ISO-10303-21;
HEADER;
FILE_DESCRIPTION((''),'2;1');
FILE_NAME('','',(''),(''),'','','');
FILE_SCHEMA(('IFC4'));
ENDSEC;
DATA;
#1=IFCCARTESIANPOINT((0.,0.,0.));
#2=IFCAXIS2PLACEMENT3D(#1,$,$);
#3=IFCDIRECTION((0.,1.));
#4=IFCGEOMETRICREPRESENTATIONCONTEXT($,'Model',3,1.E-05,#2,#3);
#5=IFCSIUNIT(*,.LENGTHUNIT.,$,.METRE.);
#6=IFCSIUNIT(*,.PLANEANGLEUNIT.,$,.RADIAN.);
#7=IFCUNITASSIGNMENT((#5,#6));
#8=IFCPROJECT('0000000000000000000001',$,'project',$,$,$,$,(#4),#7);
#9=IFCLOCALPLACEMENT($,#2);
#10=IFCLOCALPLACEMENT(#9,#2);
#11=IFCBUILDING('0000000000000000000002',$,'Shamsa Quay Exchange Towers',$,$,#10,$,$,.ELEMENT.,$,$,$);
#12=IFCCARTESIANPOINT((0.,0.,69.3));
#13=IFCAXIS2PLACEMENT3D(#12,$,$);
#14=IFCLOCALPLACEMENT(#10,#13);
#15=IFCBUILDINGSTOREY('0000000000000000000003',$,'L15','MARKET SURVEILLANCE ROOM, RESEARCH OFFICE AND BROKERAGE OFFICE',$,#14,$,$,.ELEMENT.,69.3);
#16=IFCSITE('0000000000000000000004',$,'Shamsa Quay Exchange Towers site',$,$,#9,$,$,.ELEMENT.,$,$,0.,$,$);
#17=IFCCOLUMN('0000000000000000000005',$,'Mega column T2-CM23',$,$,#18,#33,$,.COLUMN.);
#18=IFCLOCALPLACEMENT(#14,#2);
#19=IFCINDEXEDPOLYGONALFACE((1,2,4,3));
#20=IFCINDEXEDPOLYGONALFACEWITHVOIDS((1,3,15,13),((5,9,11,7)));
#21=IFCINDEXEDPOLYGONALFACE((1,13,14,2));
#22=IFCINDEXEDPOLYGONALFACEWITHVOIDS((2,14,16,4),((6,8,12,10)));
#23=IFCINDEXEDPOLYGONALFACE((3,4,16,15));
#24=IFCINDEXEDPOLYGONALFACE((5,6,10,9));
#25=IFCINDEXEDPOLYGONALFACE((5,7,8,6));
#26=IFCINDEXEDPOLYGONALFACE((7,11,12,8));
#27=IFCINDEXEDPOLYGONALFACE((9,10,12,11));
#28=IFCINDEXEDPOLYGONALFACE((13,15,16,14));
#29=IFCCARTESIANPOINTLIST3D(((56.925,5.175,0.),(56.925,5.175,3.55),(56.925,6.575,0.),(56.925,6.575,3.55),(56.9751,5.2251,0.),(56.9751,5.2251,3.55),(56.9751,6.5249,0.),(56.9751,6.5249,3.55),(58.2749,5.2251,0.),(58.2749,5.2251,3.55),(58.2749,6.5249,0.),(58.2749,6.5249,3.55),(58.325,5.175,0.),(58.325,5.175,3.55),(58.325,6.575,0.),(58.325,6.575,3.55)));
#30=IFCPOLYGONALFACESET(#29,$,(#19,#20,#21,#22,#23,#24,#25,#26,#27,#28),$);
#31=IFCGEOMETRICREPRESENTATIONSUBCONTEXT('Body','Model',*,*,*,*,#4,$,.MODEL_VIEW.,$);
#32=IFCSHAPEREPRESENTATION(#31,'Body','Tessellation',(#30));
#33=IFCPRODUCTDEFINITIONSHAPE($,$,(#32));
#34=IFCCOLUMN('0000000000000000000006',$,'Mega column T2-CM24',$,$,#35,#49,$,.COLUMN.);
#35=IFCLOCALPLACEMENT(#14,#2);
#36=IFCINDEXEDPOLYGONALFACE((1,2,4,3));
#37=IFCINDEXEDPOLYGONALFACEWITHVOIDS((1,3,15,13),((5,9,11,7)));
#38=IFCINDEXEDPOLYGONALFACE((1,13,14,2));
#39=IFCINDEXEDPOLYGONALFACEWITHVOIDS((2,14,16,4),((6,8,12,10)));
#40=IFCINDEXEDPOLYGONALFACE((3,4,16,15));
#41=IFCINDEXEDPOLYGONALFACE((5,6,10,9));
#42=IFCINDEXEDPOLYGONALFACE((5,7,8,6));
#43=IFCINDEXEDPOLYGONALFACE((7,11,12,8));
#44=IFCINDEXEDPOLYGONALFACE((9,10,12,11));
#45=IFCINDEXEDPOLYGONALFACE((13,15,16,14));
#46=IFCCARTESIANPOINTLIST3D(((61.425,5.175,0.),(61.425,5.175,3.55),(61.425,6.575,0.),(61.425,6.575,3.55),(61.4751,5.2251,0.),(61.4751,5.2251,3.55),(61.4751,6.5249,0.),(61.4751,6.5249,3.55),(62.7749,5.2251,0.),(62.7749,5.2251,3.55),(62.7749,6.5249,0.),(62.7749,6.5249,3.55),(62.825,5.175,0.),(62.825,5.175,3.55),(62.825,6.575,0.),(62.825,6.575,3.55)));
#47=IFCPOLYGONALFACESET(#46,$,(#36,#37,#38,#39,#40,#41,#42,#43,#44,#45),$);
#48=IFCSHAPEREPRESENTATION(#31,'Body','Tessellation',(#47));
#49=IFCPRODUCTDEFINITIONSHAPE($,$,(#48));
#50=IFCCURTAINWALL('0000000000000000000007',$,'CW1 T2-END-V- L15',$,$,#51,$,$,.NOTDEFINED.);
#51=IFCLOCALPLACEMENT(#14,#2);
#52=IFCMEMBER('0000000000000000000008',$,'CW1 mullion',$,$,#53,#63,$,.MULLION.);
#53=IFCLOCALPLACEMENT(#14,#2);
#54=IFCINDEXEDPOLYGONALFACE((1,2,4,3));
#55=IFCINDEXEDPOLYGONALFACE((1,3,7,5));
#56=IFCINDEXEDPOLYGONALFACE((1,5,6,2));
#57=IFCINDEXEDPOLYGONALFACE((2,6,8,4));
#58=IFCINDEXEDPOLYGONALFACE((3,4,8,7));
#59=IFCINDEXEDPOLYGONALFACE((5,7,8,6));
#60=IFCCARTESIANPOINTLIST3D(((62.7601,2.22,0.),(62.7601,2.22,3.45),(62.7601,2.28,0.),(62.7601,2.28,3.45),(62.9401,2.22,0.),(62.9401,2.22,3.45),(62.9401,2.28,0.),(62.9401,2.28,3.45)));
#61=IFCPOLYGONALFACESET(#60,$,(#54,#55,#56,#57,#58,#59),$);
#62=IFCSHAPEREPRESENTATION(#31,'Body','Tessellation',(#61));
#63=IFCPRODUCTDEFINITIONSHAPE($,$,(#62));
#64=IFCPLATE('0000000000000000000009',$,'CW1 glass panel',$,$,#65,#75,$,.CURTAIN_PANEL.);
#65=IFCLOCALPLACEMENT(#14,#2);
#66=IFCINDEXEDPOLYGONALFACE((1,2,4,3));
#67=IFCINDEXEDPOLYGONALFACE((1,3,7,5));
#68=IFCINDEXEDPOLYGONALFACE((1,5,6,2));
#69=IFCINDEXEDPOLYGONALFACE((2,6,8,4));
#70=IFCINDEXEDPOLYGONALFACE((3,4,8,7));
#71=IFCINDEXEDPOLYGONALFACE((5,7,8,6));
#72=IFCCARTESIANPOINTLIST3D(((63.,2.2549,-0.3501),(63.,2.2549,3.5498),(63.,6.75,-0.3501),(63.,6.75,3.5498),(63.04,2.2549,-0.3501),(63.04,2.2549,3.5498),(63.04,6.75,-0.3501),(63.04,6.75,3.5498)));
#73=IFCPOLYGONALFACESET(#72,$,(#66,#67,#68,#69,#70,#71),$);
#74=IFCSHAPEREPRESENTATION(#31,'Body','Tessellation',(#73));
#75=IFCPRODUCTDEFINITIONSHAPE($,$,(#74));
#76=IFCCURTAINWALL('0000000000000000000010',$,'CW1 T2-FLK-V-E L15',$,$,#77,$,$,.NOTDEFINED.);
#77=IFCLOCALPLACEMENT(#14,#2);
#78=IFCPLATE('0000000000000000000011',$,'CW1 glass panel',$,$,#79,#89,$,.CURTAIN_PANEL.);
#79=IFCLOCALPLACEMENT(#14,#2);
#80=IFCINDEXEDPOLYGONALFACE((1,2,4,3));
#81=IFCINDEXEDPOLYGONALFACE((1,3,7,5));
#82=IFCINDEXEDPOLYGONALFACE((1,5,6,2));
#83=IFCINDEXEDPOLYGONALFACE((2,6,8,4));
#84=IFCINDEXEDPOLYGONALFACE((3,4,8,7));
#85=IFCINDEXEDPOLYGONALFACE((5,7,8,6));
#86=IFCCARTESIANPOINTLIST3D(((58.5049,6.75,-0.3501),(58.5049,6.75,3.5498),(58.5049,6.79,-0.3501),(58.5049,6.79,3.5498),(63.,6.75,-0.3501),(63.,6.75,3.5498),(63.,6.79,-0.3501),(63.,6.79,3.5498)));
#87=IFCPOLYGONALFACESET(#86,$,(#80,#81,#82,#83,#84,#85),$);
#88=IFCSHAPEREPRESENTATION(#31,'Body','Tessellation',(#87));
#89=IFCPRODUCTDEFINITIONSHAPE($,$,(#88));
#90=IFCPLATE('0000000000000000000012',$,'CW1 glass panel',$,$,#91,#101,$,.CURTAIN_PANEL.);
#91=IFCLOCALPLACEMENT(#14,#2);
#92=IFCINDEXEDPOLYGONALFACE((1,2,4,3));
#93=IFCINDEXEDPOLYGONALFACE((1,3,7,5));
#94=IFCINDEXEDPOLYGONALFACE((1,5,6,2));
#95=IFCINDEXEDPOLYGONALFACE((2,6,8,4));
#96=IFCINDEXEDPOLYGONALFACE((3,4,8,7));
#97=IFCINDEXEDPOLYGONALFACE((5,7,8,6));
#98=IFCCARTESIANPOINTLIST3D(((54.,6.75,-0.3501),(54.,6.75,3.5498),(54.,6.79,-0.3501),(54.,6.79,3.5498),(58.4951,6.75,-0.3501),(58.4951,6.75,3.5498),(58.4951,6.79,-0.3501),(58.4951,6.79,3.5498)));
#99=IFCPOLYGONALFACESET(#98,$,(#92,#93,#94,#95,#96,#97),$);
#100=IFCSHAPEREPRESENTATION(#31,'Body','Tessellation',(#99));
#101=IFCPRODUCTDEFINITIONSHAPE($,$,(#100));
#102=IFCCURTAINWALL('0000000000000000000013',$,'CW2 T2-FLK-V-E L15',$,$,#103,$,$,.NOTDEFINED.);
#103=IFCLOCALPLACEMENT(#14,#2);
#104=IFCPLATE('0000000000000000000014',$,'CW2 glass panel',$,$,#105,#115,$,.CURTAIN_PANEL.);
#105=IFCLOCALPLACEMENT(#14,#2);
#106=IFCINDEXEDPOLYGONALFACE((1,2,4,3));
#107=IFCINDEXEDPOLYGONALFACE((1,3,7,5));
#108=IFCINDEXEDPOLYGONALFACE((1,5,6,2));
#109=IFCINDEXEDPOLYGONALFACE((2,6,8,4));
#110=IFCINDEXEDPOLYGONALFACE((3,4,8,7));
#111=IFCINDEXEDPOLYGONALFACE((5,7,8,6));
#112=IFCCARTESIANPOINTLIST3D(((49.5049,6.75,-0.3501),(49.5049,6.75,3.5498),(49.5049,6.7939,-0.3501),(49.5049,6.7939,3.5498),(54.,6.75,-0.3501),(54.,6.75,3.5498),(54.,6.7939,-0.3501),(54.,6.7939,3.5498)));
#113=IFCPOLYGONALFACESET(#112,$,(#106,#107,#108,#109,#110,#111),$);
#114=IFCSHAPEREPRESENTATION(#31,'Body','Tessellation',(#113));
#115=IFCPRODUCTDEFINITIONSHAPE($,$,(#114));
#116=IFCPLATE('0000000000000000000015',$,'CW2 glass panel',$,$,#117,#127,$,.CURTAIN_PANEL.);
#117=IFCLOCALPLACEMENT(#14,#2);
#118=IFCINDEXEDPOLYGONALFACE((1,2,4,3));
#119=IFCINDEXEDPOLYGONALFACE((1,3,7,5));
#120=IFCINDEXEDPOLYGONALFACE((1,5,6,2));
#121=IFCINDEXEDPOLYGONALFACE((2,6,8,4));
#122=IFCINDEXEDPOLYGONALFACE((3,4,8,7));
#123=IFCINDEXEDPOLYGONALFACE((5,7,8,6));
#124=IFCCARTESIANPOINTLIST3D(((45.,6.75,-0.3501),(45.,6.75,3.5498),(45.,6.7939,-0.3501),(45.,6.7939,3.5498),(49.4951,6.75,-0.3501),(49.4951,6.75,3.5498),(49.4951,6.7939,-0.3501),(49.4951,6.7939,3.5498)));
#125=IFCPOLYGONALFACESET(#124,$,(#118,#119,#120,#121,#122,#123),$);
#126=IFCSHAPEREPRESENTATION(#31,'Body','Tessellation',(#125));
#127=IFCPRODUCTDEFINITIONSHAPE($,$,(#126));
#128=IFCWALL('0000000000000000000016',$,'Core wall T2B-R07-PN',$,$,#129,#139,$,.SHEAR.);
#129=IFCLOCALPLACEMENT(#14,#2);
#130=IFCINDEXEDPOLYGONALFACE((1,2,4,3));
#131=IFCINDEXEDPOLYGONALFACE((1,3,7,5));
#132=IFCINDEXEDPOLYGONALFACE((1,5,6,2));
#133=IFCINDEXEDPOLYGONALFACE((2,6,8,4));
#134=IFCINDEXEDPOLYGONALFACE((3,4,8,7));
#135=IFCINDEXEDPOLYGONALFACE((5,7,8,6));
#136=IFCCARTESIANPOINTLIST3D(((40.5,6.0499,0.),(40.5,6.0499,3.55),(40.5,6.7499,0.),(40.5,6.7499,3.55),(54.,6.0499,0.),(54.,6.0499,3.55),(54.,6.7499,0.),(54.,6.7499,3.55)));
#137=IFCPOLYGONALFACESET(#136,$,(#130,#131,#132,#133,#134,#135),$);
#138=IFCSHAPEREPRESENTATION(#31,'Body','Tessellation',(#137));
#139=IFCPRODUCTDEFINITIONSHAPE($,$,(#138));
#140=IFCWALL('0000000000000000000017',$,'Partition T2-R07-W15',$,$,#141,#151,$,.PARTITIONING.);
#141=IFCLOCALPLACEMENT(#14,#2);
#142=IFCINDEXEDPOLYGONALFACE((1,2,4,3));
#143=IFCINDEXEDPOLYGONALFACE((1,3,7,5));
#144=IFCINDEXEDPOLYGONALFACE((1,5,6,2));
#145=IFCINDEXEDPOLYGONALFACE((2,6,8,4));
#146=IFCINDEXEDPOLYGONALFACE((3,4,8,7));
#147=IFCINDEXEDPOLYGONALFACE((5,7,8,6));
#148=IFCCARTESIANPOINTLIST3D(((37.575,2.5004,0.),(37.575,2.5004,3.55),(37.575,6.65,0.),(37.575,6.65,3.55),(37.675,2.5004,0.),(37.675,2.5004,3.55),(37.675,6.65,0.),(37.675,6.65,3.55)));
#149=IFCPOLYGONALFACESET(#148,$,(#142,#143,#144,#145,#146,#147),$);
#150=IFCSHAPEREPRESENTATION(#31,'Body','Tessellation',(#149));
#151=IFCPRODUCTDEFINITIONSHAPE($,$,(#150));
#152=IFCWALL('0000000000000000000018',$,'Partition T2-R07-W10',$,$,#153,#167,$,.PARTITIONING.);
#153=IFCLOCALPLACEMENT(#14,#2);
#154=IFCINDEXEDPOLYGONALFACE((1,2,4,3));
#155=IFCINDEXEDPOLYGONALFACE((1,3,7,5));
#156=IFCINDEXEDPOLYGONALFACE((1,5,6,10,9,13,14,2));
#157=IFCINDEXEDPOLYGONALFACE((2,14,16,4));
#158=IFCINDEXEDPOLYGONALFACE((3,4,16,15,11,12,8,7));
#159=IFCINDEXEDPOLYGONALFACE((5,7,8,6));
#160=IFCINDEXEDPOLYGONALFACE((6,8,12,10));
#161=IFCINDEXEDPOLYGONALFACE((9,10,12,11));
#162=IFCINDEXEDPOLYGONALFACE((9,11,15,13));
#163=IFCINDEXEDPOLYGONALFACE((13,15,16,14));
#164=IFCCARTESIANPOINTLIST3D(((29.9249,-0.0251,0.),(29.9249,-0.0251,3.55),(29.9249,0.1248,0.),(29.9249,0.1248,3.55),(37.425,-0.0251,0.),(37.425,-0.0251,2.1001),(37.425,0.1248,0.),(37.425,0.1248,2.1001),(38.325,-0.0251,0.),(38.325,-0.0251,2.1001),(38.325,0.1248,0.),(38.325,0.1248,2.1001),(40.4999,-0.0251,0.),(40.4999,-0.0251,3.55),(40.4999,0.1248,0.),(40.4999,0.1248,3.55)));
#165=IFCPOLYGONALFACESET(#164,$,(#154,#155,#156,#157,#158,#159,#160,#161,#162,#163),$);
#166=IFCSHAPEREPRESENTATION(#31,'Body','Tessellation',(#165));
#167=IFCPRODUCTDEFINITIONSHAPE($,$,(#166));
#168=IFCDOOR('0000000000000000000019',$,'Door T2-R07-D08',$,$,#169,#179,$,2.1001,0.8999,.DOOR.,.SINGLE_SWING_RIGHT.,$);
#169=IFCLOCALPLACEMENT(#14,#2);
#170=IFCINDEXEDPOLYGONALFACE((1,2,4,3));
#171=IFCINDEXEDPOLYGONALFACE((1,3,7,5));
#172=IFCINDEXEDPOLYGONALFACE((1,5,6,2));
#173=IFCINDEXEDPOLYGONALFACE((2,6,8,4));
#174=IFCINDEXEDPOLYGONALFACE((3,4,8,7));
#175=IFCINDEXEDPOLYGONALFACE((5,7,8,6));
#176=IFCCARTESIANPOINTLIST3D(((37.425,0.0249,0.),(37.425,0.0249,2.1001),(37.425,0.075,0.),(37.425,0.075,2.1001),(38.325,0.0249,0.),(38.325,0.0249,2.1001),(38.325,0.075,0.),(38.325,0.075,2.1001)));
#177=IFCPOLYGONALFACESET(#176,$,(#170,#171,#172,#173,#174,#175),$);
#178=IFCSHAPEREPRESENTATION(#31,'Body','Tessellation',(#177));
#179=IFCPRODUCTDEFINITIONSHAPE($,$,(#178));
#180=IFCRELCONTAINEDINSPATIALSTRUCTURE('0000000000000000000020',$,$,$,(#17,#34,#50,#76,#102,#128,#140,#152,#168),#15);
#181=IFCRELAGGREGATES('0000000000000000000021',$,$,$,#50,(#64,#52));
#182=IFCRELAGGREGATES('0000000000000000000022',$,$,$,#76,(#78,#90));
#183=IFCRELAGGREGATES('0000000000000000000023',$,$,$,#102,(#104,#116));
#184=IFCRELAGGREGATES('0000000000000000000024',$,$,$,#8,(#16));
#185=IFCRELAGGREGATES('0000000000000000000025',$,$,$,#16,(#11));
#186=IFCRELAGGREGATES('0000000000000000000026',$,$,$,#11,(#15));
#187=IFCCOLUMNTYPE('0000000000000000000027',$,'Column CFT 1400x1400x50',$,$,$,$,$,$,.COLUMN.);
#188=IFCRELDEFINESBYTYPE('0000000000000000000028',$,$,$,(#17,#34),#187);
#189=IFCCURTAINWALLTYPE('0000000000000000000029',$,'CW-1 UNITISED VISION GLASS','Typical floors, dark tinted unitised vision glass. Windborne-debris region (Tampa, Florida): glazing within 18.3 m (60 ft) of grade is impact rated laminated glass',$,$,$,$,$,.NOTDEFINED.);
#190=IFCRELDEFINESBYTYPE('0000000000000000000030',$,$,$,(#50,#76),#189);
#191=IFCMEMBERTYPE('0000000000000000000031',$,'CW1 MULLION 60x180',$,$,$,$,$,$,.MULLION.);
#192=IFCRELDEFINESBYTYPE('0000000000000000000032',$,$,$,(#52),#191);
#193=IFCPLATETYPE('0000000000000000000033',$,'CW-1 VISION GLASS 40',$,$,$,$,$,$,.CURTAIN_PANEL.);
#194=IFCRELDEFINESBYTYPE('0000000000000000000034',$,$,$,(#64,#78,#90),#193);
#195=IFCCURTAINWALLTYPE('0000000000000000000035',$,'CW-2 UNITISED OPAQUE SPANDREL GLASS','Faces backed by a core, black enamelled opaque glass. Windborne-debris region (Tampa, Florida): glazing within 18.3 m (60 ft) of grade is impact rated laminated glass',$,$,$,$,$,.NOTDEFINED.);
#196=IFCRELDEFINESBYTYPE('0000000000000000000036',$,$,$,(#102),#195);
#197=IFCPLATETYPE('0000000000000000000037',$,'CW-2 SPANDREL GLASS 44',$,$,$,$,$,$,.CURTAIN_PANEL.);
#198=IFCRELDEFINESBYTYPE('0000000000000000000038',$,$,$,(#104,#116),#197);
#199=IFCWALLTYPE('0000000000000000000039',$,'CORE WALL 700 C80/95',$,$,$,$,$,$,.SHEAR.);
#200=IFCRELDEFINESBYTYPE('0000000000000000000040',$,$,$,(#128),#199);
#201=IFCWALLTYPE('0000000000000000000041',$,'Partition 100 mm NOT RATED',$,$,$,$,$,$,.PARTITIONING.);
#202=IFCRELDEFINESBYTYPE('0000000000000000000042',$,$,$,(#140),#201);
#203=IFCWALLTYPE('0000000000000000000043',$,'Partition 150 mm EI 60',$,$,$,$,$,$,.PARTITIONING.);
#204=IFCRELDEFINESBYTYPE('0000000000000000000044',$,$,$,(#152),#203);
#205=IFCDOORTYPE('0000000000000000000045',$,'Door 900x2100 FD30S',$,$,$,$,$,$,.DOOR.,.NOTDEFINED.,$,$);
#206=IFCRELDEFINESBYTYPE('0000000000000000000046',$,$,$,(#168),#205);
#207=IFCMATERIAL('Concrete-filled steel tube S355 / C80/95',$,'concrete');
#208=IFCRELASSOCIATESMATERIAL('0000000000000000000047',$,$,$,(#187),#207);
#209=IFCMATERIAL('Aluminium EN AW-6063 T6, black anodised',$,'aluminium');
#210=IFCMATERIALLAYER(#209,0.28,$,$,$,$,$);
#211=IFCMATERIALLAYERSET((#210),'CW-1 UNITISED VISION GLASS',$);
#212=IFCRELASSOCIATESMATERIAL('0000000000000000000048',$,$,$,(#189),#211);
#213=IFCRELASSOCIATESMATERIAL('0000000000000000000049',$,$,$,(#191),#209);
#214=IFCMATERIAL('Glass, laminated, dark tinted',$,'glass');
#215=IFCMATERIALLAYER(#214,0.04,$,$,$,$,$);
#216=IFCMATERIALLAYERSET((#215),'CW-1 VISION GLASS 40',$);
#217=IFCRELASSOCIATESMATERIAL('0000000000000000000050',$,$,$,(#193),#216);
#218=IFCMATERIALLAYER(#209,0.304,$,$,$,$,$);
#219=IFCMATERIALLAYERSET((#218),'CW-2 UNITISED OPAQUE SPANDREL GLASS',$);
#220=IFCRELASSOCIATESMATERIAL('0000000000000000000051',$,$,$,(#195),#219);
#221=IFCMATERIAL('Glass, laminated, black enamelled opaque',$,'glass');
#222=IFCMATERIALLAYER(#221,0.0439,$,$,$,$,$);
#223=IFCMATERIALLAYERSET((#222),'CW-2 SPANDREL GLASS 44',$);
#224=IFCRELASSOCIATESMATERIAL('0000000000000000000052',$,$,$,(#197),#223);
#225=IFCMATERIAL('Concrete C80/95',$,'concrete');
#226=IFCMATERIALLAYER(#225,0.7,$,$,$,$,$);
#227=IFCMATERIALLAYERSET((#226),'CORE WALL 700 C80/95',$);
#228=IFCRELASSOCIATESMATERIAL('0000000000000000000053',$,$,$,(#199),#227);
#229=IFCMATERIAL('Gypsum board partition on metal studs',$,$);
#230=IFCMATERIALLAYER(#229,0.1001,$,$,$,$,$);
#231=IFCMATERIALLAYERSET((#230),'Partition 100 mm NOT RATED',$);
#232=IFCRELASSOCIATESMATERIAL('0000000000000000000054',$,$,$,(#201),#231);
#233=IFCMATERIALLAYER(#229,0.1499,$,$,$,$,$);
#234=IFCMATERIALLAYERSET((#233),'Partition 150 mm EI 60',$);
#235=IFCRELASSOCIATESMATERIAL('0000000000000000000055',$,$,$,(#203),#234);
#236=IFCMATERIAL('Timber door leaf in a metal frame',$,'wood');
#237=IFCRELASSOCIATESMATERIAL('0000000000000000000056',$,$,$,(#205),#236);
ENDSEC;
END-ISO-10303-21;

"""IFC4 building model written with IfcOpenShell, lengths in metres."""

from ifc_helpers import new_model, si_unit, direction, frame, frame_2d, origin, origin_2d, place, context, subcontext, project, spatial, rectangle, hollow_rectangle, extrude, material, layer, layer_set, material_profile, profile_set, type_object, element, fill, aggregate, save


model = new_model("IFC4")

# Units and contexts
model_context = context("Model", 3, precision=1e-05, world=origin(), true_north=direction((0.0, 1.0)))
body_context = subcontext(model_context, "Body", "Model", "MODEL_VIEW")
ifc_project = project(units=[si_unit("LENGTHUNIT", "METRE"), si_unit("PLANEANGLEUNIT", "RADIAN")], contexts=[model_context])

# Site, building, storey
site_placement = place(None, origin())
site = spatial("IfcSite", under=ifc_project, at=site_placement, Name="Shamsa Quay Exchange Towers site", CompositionType="ELEMENT", RefElevation=0.0)
building_placement = place(site_placement, origin())
building = spatial("IfcBuilding", under=site, at=building_placement, Name="Shamsa Quay Exchange Towers", CompositionType="ELEMENT")
storey_placement = place(building_placement, frame((0.0, 0.0, 69.3)))
storey = spatial("IfcBuildingStorey", under=building, at=storey_placement, Name="L15", Description="MARKET SURVEILLANCE ROOM, RESEARCH OFFICE AND BROKERAGE OFFICE", CompositionType="ELEMENT", Elevation=69.3)

# Columns
ifc_material_1 = material(Name="Concrete-filled steel tube S355 / C80/95", Category="concrete")
ifc_material_profile_1 = material_profile(ifc_material_1, hollow_rectangle(XDim=1.3999, YDim=1.3999, WallThickness=0.05, at=origin_2d()), Name="CFT 1400x1400x50")
ifc_profile_set_1 = profile_set([ifc_material_profile_1], Name="Concrete-filled steel tube S355 / C80/95")
column_type = type_object("IfcColumnType", Name="Column CFT 1400x1400x50", PredefinedType="COLUMN", material=ifc_profile_set_1)
for number, where, name in (
    (1, (57.625, 5.875, 0.0), "Mega column T2-CM23"),
    (2, (62.125, 5.875, 0.0), "Mega column T2-CM24"),
):
    element("IfcColumn", number, at=place(storey_placement, frame(where)), inside=storey, type_object=column_type, Name=name, PredefinedType="COLUMN", context=body_context, shape_type="SweptSolid", body=[
        extrude(hollow_rectangle(XDim=1.3999, YDim=1.3999, WallThickness=0.05, at=origin_2d()), origin(), (0.0, 0.0, 1.0), 3.55),
    ])

# Curtain wall, member, plate
ifc_material_2 = material(Name="Aluminium EN AW-6063 T6, black anodised", Category="aluminium")
ifc_layer_1 = layer(ifc_material_2, 0.28)
ifc_layer_set_1 = layer_set([ifc_layer_1], Name="CW-1 UNITISED VISION GLASS")
curtain_wall_type_1 = type_object("IfcCurtainWallType", Name="CW-1 UNITISED VISION GLASS", Description="Typical floors, dark tinted unitised vision glass. Windborne-debris region (Tampa, Florida): glazing within 18.3 m (60 ft) of grade is impact rated laminated glass", PredefinedType="NOTDEFINED", material=ifc_layer_set_1)
curtain_wall_1_placement = place(storey_placement, origin())
curtain_wall_1 = element("IfcCurtainWall", 3, at=curtain_wall_1_placement, inside=storey, type_object=curtain_wall_type_1, Name="CW1 T2-END-V- L15", PredefinedType="NOTDEFINED")
ifc_material_profile_2 = material_profile(ifc_material_2, rectangle(XDim=0.1799, YDim=0.0601, at=origin_2d()), Name="MU60x180")
ifc_profile_set_2 = profile_set([ifc_material_profile_2], Name="Aluminium EN AW-6063 T6, black anodised")
member_type = type_object("IfcMemberType", Name="CW1 MULLION 60x180", PredefinedType="MULLION", material=ifc_profile_set_2)
member_placement = place(storey_placement, frame((62.8501, 2.25, 0.0), z_axis=(0.0, 0.0, 1.0), x_axis=(-1.0, 0.0, 0.0)))
member = element("IfcMember", 4, at=member_placement, type_object=member_type, Name="CW1 mullion", PredefinedType="MULLION", context=body_context, shape_type="SweptSolid", body=[
    extrude(rectangle(XDim=0.1799, YDim=0.0601, at=origin_2d()), origin(), (0.0, 0.0, 1.0), 3.45),
])
ifc_material_3 = material(Name="Glass, laminated, dark tinted", Category="glass")
ifc_layer_2 = layer(ifc_material_3, 0.04)
ifc_layer_set_2 = layer_set([ifc_layer_2], Name="CW-1 VISION GLASS 40")
plate_type_1 = type_object("IfcPlateType", Name="CW-1 VISION GLASS 40", PredefinedType="CURTAIN_PANEL", material=ifc_layer_set_2)
plate_1_placement = place(storey_placement, frame((63.02, 4.5024, -0.3501), z_axis=(0.0, 0.0, 1.0), x_axis=(0.0, 1.0, 0.0)))
plate_1 = element("IfcPlate", 5, at=plate_1_placement, type_object=plate_type_1, Name="CW1 glass panel", PredefinedType="CURTAIN_PANEL", context=body_context, shape_type="SweptSolid", body=[
    extrude(rectangle(XDim=4.4951, YDim=0.04, at=origin_2d()), origin(), (0.0, 0.0, 1.0), 3.8999),
])
aggregate(curtain_wall_1, [plate_1, member])

# Curtain walls, plates
curtain_wall_2_placement = place(storey_placement, origin())
curtain_wall_2 = element("IfcCurtainWall", 6, at=curtain_wall_2_placement, inside=storey, type_object=curtain_wall_type_1, Name="CW1 T2-FLK-V-E L15", PredefinedType="NOTDEFINED")
plate_2_placement = place(storey_placement, frame((60.7524, 6.77, -0.3501), z_axis=(0.0, 0.0, 1.0), x_axis=(-1.0, 0.0, 0.0)))
plate_2 = element("IfcPlate", 7, at=plate_2_placement, type_object=plate_type_1, Name="CW1 glass panel", PredefinedType="CURTAIN_PANEL", context=body_context, shape_type="SweptSolid", body=[
    extrude(rectangle(XDim=4.4951, YDim=0.04, at=origin_2d()), origin(), (0.0, 0.0, 1.0), 3.8999),
])
plate_3_placement = place(storey_placement, frame((56.2476, 6.77, -0.3501), z_axis=(0.0, 0.0, 1.0), x_axis=(-1.0, 0.0, 0.0)))
plate_3 = element("IfcPlate", 8, at=plate_3_placement, type_object=plate_type_1, Name="CW1 glass panel", PredefinedType="CURTAIN_PANEL", context=body_context, shape_type="SweptSolid", body=[
    extrude(rectangle(XDim=4.4951, YDim=0.04, at=origin_2d()), origin(), (0.0, 0.0, 1.0), 3.8999),
])
aggregate(curtain_wall_2, [plate_2, plate_3])
ifc_layer_3 = layer(ifc_material_2, 0.304)
ifc_layer_set_3 = layer_set([ifc_layer_3], Name="CW-2 UNITISED OPAQUE SPANDREL GLASS")
curtain_wall_type_2 = type_object("IfcCurtainWallType", Name="CW-2 UNITISED OPAQUE SPANDREL GLASS", Description="Faces backed by a core, black enamelled opaque glass. Windborne-debris region (Tampa, Florida): glazing within 18.3 m (60 ft) of grade is impact rated laminated glass", PredefinedType="NOTDEFINED", material=ifc_layer_set_3)
curtain_wall_3_placement = place(storey_placement, origin())
curtain_wall_3 = element("IfcCurtainWall", 9, at=curtain_wall_3_placement, inside=storey, type_object=curtain_wall_type_2, Name="CW2 T2-FLK-V-E L15", PredefinedType="NOTDEFINED")
ifc_material_4 = material(Name="Glass, laminated, black enamelled opaque", Category="glass")
ifc_layer_4 = layer(ifc_material_4, 0.0439)
ifc_layer_set_4 = layer_set([ifc_layer_4], Name="CW-2 SPANDREL GLASS 44")
plate_type_2 = type_object("IfcPlateType", Name="CW-2 SPANDREL GLASS 44", PredefinedType="CURTAIN_PANEL", material=ifc_layer_set_4)
plate_4_placement = place(storey_placement, frame((51.7524, 6.772, -0.3501), z_axis=(0.0, 0.0, 1.0), x_axis=(-1.0, 0.0, 0.0)))
plate_4 = element("IfcPlate", 10, at=plate_4_placement, type_object=plate_type_2, Name="CW2 glass panel", PredefinedType="CURTAIN_PANEL", context=body_context, shape_type="SweptSolid", body=[
    extrude(rectangle(XDim=4.4951, YDim=0.0439, at=origin_2d()), origin(), (0.0, 0.0, 1.0), 3.8999),
])
plate_5_placement = place(storey_placement, frame((47.2476, 6.772, -0.3501), z_axis=(0.0, 0.0, 1.0), x_axis=(-1.0, 0.0, 0.0)))
plate_5 = element("IfcPlate", 11, at=plate_5_placement, type_object=plate_type_2, Name="CW2 glass panel", PredefinedType="CURTAIN_PANEL", context=body_context, shape_type="SweptSolid", body=[
    extrude(rectangle(XDim=4.4951, YDim=0.0439, at=origin_2d()), origin(), (0.0, 0.0, 1.0), 3.8999),
])
aggregate(curtain_wall_3, [plate_4, plate_5])

# Walls
ifc_material_5 = material(Name="Concrete C80/95", Category="concrete")
ifc_layer_5 = layer(ifc_material_5, 0.7)
ifc_layer_set_5 = layer_set([ifc_layer_5], Name="CORE WALL 700 C80/95")
wall_type_1 = type_object("IfcWallType", Name="CORE WALL 700 C80/95", PredefinedType="SHEAR", material=ifc_layer_set_5)
wall_1_placement = place(storey_placement, frame((54.0, 6.3999, 0.0), z_axis=(0.0, 0.0, 1.0), x_axis=(-1.0, 0.0, 0.0)))
element("IfcWall", 12, at=wall_1_placement, inside=storey, type_object=wall_type_1, Name="Core wall T2B-R07-PN", PredefinedType="SHEAR", context=body_context, shape_type="SweptSolid", body=[
    extrude(rectangle(XDim=13.5, YDim=0.7, at=frame_2d((6.75, 0.0))), origin(), (0.0, 0.0, 1.0), 3.55),
])
ifc_material_6 = material(Name="Gypsum board partition on metal studs")
ifc_layer_6 = layer(ifc_material_6, 0.1001)
ifc_layer_set_6 = layer_set([ifc_layer_6], Name="Partition 100 mm NOT RATED")
wall_type_2 = type_object("IfcWallType", Name="Partition 100 mm NOT RATED", PredefinedType="PARTITIONING", material=ifc_layer_set_6)
wall_2_placement = place(storey_placement, frame((37.625, 6.6499, 0.0), z_axis=(0.0, 0.0, 1.0), x_axis=(0.0, -1.0, 0.0)))
element("IfcWall", 13, at=wall_2_placement, inside=storey, type_object=wall_type_2, Name="Partition T2-R07-W15", PredefinedType="PARTITIONING", context=body_context, shape_type="SweptSolid", body=[
    extrude(rectangle(XDim=4.1497, YDim=0.1001, at=frame_2d((2.0747, 0.0))), origin(), (0.0, 0.0, 1.0), 3.55),
])

# Wall, opening, door
ifc_layer_7 = layer(ifc_material_6, 0.1499)
ifc_layer_set_7 = layer_set([ifc_layer_7], Name="Partition 150 mm EI 60")
wall_type_3 = type_object("IfcWallType", Name="Partition 150 mm EI 60", PredefinedType="PARTITIONING", material=ifc_layer_set_7)
wall_3_placement = place(storey_placement, frame((40.5, 0.0498, 0.0), z_axis=(0.0, 0.0, 1.0), x_axis=(-1.0, 0.0, 0.0)))
wall_3 = element("IfcWall", 14, at=wall_3_placement, inside=storey, type_object=wall_type_3, Name="Partition T2-R07-W10", PredefinedType="PARTITIONING", context=body_context, shape_type="SweptSolid", body=[
    extrude(rectangle(XDim=10.575, YDim=0.1499, at=frame_2d((5.2876, 0.0))), origin(), (0.0, 0.0, 1.0), 3.55),
])
opening_1_placement = place(wall_3_placement, frame((2.175, 0.0, 0.0)))
opening_1 = element("IfcOpeningElement", 15, at=opening_1_placement, cuts=wall_3, PredefinedType="OPENING", context=body_context, shape_type="SweptSolid", body=[
    extrude(rectangle(XDim=0.8999, YDim=2.1001, at=frame_2d((0.45, 1.05))), frame((0.0, 0.085, 0.0), z_axis=(0.0, -1.0, 0.0), x_axis=(1.0, 0.0, 0.0)), (0.0, 0.0, 1.0), 0.1699),
])
ifc_material_7 = material(Name="Timber door leaf in a metal frame", Category="wood")
door_type_1 = type_object("IfcDoorType", Name="Door 900x2100 FD30S", OperationType="NOTDEFINED", PredefinedType="DOOR", material=ifc_material_7)
door_1_placement = place(opening_1_placement, origin())
door_1 = element("IfcDoor", 16, at=door_1_placement, inside=storey, type_object=door_type_1, Name="Door T2-R07-D08", OperationType="SINGLE_SWING_RIGHT", OverallHeight=2.1001, OverallWidth=0.8999, PredefinedType="DOOR", context=body_context, shape_type="SweptSolid", body=[
    extrude(rectangle(XDim=0.8999, YDim=2.1001, at=frame_2d((0.45, 1.05))), frame((0.0, 0.0249, 0.0), z_axis=(0.0, -1.0, 0.0), x_axis=(1.0, 0.0, 0.0)), (0.0, 0.0, 1.0), 0.05),
])
fill(opening_1, door_1)

save(model, "model.ifc")
